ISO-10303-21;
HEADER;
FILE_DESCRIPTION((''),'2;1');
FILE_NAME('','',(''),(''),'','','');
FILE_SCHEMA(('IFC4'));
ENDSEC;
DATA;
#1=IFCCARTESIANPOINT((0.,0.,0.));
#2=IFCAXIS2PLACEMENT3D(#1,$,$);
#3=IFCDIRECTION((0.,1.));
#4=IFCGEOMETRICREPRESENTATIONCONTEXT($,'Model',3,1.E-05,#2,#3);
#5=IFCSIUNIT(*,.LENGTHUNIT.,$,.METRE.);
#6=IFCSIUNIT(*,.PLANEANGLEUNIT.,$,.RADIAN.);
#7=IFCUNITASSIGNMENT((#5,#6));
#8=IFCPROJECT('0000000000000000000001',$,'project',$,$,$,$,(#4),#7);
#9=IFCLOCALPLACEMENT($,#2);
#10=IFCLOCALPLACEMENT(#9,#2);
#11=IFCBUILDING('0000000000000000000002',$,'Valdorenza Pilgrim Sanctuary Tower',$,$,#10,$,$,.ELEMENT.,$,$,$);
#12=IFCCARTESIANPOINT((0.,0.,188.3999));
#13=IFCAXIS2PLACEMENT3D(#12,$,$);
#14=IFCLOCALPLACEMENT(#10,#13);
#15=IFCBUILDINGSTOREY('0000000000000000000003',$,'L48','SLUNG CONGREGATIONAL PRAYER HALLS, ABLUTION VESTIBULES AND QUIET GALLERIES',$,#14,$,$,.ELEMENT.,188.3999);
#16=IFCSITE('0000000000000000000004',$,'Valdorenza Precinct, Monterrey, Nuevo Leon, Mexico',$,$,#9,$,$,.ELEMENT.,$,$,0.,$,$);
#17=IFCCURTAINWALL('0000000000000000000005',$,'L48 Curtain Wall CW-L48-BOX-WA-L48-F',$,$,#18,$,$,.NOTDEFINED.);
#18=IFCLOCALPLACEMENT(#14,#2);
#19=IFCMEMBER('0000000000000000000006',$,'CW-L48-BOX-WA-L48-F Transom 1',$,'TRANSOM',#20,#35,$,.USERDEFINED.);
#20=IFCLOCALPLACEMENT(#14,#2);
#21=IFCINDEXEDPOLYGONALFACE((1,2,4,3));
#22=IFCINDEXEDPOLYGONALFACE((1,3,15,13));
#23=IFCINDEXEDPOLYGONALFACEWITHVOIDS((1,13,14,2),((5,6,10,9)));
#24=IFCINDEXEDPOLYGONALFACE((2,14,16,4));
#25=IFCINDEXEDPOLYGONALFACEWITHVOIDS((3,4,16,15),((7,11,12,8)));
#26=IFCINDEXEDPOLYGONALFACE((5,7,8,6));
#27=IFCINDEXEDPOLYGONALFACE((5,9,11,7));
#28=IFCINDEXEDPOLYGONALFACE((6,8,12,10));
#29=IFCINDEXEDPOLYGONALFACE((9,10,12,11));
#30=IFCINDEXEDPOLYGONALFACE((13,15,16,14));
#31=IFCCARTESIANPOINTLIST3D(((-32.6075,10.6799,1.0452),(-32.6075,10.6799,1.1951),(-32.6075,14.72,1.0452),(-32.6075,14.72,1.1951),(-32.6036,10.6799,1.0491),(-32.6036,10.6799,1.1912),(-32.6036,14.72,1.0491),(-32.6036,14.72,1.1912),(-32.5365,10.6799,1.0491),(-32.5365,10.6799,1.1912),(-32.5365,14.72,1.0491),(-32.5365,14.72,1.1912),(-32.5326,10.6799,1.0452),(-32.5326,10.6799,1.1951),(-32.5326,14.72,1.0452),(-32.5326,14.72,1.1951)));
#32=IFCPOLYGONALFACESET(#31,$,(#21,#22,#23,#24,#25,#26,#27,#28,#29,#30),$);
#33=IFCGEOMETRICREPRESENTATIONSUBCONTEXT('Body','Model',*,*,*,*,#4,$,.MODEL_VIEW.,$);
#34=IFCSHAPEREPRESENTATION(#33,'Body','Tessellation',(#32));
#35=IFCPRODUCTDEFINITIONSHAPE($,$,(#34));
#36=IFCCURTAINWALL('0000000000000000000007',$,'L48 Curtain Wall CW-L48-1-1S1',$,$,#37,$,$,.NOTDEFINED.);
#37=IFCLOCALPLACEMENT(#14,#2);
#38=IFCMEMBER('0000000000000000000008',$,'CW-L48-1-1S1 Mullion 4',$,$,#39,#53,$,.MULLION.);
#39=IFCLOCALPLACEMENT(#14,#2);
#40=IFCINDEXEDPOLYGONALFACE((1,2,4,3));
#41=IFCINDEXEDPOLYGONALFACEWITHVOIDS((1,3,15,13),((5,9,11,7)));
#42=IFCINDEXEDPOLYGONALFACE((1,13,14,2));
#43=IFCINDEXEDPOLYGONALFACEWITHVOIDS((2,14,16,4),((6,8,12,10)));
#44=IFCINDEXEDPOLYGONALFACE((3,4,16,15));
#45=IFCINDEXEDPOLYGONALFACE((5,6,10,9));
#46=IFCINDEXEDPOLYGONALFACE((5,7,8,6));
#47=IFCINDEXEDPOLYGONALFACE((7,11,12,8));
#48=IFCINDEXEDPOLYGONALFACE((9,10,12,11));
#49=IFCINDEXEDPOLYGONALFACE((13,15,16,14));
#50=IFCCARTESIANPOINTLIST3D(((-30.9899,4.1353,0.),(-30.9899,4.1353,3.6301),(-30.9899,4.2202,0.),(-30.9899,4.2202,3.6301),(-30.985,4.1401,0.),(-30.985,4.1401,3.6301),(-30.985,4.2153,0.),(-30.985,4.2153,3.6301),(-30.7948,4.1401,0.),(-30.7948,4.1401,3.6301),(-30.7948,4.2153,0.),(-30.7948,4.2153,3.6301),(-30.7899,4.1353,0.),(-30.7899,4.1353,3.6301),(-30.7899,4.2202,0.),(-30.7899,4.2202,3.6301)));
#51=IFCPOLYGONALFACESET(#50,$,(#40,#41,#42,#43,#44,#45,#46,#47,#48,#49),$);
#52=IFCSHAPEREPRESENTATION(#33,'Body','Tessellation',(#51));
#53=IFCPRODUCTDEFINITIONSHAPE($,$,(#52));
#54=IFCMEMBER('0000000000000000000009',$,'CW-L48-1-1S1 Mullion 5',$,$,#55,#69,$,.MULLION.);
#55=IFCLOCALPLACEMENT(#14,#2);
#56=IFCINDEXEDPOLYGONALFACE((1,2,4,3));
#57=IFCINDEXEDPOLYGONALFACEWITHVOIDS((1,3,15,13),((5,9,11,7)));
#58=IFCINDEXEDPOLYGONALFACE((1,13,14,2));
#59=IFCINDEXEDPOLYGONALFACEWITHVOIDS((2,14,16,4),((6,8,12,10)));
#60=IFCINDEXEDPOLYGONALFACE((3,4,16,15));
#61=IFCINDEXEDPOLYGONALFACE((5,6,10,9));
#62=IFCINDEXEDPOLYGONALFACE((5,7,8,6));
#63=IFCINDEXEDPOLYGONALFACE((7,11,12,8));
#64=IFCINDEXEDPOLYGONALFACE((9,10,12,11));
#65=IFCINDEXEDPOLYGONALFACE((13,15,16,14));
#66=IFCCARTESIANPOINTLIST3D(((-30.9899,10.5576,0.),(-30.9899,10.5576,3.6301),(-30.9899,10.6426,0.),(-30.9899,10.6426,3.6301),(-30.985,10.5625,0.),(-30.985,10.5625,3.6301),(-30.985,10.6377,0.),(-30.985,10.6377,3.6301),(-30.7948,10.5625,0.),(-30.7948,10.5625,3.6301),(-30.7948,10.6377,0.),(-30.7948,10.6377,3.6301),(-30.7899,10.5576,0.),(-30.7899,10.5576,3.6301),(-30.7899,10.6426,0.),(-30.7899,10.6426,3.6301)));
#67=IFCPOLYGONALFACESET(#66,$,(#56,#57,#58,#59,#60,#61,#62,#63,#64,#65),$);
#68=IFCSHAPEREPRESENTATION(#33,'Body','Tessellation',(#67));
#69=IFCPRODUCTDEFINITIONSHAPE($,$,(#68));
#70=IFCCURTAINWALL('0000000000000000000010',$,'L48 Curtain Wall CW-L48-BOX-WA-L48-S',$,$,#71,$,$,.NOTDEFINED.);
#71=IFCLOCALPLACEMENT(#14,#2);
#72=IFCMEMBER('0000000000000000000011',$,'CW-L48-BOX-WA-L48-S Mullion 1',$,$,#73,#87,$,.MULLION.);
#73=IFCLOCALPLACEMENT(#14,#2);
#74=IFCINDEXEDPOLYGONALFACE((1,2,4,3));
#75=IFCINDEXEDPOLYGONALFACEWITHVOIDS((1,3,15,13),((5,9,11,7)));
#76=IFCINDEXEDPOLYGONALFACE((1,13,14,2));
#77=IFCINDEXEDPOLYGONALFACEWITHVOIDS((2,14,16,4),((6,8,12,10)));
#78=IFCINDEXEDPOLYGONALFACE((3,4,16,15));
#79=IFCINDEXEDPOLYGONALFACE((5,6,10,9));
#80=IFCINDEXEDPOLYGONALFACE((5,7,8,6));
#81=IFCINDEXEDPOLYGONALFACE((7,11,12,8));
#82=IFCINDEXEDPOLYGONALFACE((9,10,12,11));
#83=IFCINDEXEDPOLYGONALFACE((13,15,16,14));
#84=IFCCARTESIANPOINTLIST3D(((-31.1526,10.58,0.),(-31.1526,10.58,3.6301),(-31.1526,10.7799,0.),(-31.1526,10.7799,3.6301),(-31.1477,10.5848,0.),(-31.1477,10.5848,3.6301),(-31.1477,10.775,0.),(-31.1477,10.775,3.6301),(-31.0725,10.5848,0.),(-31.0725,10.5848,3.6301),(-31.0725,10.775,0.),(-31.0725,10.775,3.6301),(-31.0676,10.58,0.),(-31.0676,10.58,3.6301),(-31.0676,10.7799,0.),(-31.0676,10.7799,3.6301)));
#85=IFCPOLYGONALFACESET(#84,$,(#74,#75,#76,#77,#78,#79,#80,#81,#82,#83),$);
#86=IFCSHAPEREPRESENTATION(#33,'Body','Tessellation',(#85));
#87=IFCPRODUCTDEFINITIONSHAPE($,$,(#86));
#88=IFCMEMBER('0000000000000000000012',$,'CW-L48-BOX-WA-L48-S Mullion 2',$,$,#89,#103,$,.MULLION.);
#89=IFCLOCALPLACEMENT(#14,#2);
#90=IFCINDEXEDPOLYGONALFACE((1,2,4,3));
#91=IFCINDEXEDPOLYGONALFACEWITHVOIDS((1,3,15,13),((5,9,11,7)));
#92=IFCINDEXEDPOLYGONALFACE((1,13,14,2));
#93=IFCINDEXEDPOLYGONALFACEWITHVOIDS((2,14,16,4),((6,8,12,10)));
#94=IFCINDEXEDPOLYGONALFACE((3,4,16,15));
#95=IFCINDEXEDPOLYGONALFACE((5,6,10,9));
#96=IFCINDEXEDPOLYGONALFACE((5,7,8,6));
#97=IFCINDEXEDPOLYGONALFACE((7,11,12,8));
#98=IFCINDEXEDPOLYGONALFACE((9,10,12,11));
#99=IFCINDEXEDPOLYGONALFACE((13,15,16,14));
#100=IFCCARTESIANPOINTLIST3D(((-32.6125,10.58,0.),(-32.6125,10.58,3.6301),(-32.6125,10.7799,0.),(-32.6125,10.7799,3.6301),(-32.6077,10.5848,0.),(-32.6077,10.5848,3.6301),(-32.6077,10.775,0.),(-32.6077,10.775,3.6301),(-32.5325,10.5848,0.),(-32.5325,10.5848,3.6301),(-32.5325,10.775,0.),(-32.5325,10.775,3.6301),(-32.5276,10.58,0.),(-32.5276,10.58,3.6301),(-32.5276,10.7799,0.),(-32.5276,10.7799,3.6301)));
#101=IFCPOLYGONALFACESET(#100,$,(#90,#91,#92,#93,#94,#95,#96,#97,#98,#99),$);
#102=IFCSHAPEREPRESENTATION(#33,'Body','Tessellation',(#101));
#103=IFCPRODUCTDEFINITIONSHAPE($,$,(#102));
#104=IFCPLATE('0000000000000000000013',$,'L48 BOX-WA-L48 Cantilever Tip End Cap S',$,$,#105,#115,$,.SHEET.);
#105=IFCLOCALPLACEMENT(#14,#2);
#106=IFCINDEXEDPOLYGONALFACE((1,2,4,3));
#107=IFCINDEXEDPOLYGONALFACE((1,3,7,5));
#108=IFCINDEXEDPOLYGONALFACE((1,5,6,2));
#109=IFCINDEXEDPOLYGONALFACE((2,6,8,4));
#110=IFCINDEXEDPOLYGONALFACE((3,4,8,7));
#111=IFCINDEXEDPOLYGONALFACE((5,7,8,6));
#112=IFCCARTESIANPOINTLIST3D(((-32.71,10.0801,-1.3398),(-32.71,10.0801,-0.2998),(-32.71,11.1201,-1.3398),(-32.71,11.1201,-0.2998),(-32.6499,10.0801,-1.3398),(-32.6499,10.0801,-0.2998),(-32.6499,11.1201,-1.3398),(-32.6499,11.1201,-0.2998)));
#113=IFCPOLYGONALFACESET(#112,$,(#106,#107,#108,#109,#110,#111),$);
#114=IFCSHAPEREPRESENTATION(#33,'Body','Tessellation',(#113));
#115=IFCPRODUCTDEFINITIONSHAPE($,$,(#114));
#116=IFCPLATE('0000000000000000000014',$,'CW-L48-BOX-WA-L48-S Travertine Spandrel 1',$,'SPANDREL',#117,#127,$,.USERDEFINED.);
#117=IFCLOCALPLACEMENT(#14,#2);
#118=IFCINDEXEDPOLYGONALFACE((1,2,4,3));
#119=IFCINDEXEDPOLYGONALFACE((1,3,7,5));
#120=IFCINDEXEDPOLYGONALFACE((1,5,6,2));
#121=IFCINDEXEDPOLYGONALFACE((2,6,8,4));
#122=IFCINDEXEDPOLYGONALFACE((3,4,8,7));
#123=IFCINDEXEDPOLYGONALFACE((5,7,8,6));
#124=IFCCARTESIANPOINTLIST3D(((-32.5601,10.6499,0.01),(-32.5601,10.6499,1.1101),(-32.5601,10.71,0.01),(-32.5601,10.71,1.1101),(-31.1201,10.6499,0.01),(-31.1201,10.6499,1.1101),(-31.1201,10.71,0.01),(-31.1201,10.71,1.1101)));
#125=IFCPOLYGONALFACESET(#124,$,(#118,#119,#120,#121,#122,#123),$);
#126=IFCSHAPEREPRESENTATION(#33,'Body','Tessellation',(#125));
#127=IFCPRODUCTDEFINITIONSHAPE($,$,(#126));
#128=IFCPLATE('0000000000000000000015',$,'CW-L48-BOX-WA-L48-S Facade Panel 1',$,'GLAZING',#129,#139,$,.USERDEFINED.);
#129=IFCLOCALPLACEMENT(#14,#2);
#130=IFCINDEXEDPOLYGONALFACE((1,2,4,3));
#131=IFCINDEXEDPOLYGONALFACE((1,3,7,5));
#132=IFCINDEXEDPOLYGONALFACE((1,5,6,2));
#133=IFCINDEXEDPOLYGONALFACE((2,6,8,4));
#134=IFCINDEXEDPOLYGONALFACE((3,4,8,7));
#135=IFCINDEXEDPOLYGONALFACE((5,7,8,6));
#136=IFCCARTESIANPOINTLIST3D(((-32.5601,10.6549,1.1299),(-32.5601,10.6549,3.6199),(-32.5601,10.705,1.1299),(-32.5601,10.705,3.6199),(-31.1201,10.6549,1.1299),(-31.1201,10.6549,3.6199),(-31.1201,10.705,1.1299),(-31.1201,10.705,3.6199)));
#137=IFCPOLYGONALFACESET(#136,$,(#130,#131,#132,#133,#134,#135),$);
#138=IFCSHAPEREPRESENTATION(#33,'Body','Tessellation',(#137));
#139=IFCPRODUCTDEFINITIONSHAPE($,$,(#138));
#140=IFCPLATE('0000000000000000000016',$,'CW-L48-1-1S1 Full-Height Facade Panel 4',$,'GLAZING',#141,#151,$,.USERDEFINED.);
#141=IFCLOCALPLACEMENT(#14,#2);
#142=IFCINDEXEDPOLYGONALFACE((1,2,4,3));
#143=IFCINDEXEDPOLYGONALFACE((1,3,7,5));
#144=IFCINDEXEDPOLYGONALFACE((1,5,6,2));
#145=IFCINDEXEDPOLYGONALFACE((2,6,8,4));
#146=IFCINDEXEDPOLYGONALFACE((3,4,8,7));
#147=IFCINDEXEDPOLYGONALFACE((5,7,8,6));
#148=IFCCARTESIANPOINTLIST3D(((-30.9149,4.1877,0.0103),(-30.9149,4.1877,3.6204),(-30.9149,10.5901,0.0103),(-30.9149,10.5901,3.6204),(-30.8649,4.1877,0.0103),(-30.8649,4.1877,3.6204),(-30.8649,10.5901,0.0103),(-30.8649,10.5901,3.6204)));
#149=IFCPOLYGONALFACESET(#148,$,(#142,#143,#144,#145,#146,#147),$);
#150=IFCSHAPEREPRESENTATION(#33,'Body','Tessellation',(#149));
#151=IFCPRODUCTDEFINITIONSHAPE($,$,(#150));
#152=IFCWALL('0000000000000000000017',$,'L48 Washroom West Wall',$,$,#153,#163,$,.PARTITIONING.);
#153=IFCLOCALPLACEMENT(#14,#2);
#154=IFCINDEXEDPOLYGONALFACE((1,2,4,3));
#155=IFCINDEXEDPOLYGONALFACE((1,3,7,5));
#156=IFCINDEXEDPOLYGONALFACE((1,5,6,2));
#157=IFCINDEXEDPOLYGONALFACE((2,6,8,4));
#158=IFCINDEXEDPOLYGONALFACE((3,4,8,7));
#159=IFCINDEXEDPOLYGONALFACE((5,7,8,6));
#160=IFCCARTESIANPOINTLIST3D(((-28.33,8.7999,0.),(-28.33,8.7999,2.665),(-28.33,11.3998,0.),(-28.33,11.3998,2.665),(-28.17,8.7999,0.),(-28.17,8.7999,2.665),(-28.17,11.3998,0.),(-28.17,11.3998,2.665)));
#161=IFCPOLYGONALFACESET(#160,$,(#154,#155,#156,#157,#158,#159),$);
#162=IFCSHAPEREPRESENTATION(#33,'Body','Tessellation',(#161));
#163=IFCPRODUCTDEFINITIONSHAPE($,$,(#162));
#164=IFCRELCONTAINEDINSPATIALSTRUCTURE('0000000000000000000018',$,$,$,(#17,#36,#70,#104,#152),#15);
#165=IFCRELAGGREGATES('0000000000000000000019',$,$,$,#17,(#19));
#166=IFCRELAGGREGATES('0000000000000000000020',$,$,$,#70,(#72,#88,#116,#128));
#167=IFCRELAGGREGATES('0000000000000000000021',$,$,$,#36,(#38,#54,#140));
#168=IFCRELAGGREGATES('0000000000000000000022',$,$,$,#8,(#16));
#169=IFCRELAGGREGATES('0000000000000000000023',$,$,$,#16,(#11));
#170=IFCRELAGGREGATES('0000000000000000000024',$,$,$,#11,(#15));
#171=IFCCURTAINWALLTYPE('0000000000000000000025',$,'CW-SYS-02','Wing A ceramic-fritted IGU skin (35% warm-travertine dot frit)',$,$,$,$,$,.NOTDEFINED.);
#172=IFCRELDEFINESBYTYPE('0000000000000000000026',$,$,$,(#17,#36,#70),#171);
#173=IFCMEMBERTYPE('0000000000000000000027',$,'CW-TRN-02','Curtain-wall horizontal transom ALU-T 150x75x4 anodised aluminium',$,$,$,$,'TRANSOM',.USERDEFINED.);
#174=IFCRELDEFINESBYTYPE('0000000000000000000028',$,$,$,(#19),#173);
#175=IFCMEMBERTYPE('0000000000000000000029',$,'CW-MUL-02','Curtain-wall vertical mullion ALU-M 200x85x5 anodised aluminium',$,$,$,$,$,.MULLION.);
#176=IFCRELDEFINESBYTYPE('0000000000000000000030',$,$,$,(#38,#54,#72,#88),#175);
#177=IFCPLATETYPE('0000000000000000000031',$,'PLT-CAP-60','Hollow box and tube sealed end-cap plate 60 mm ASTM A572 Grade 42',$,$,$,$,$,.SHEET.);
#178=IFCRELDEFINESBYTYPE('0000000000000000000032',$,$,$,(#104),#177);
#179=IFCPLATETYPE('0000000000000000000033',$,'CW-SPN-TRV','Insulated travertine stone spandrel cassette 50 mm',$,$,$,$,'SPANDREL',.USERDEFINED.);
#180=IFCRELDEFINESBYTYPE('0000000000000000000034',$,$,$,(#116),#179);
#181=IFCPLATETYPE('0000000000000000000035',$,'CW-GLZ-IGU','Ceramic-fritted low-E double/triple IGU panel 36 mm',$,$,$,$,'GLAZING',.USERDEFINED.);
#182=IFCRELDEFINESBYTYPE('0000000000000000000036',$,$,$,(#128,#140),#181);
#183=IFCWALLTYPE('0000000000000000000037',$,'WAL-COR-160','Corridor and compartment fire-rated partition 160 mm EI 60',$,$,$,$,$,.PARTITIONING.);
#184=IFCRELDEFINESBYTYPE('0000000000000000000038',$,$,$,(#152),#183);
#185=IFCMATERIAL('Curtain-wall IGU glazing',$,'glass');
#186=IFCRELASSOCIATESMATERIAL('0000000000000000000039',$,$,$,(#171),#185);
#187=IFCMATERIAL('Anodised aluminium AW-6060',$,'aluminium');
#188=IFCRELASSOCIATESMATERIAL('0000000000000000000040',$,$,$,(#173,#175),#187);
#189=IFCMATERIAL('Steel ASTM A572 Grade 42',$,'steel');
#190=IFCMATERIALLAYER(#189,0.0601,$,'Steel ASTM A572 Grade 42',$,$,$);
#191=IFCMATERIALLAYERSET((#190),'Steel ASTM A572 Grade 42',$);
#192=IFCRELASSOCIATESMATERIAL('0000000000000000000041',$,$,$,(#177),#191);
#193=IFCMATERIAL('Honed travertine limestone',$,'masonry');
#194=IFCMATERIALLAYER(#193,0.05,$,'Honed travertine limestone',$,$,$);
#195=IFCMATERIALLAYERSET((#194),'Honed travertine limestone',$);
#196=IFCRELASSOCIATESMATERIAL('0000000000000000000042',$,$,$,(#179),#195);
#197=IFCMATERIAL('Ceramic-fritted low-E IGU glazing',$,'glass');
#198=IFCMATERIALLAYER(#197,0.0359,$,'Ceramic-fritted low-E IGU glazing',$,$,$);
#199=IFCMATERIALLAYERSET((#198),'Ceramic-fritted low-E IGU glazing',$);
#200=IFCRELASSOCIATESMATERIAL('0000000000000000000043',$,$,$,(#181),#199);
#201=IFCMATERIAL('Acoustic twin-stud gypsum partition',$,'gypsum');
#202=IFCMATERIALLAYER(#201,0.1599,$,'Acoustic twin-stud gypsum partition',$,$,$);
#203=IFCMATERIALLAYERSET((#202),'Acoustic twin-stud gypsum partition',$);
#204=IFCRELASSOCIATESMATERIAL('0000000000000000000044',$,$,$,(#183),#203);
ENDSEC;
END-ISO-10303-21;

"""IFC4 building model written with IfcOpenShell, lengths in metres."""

from ifc_helpers import new_model, si_unit, direction, frame, frame_2d, origin, origin_2d, place, context, subcontext, project, spatial, rectangle, hollow_rectangle, extrude, source, transform, mapped, material, layer, layer_set, material_profile, profile_set, type_object, element, aggregate, save


model = new_model("IFC4")

# Units and contexts
model_context = context("Model", 3, precision=1e-05, world=origin(), true_north=direction((0.0, 1.0)))
body_context = subcontext(model_context, "Body", "Model", "MODEL_VIEW")
ifc_project = project(units=[si_unit("LENGTHUNIT", "METRE"), si_unit("PLANEANGLEUNIT", "RADIAN")], contexts=[model_context])

# Site, building, storey
site_placement = place(None, origin())
site = spatial("IfcSite", under=ifc_project, at=site_placement, Name="Valdorenza Precinct, Monterrey, Nuevo Leon, Mexico", CompositionType="ELEMENT", RefElevation=0.0)
building_placement = place(site_placement, origin())
building = spatial("IfcBuilding", under=site, at=building_placement, Name="Valdorenza Pilgrim Sanctuary Tower", CompositionType="ELEMENT")
storey_placement = place(building_placement, frame((0.0, 0.0, 188.3999)))
storey = spatial("IfcBuildingStorey", under=building, at=storey_placement, Name="L48", Description="SLUNG CONGREGATIONAL PRAYER HALLS, ABLUTION VESTIBULES AND QUIET GALLERIES", CompositionType="ELEMENT", Elevation=188.3999)

# Shared definitions
ifc_material_1 = material(Name="Steel ASTM A572 Grade 42", Category="steel")

# Curtain wall, member
ifc_material_2 = material(Name="Curtain-wall IGU glazing", Category="glass")
curtain_wall_type = type_object("IfcCurtainWallType", Name="CW-SYS-02", Description="Wing A ceramic-fritted IGU skin (35% warm-travertine dot frit)", PredefinedType="NOTDEFINED", material=ifc_material_2)
curtain_wall_1_placement = place(storey_placement, origin())
curtain_wall_1 = element("IfcCurtainWall", 1, at=curtain_wall_1_placement, inside=storey, type_object=curtain_wall_type, Name="L48 Curtain Wall CW-L48-BOX-WA-L48-F", PredefinedType="NOTDEFINED")
ifc_material_3 = material(Name="Anodised aluminium AW-6060", Category="aluminium")
ifc_material_profile_1 = material_profile(ifc_material_3, hollow_rectangle(XDim=0.075, YDim=0.1499, WallThickness=0.0039, at=origin_2d()), Name="ALU-T 150x75x4")
ifc_profile_set_1 = profile_set([ifc_material_profile_1], Name="Anodised aluminium AW-6060")
member_type_1 = type_object("IfcMemberType", Name="CW-TRN-02", Description="Curtain-wall horizontal transom ALU-T 150x75x4 anodised aluminium", ElementType="TRANSOM", PredefinedType="USERDEFINED", material=ifc_profile_set_1)
shared_shape_1 = source(origin(), body_context, "Body", "SweptSolid", [
    extrude(hollow_rectangle(XDim=0.075, YDim=0.1499, WallThickness=0.0039, at=origin_2d()), origin(), (0.0, 0.0, 1.0), 4.04),
])
member_1_placement = place(storey_placement, frame((-32.5701, 10.6799, 1.1201), z_axis=(0.0, 1.0, 0.0), x_axis=(-1.0, 0.0, 0.0)))
member_1 = element("IfcMember", 2, at=member_1_placement, type_object=member_type_1, Name="CW-L48-BOX-WA-L48-F Transom 1", ObjectType="TRANSOM", PredefinedType="USERDEFINED", context=body_context, shape_type="MappedRepresentation", body=[
    mapped(shared_shape_1, transform((0.0, 0.0, 0.0), x_axis=(1.0, 0.0, 0.0), y_axis=(0.0, 1.0, 0.0), z_axis=(0.0, 0.0, 1.0), scale=1.0)),
])
aggregate(curtain_wall_1, [member_1])

# Curtain walls, members
curtain_wall_2_placement = place(storey_placement, origin())
curtain_wall_2 = element("IfcCurtainWall", 3, at=curtain_wall_2_placement, inside=storey, type_object=curtain_wall_type, Name="L48 Curtain Wall CW-L48-1-1S1", PredefinedType="NOTDEFINED")
ifc_material_profile_2 = material_profile(ifc_material_3, hollow_rectangle(XDim=0.085, YDim=0.2, WallThickness=0.0049, at=origin_2d()), Name="ALU-M 200x85x5")
ifc_profile_set_2 = profile_set([ifc_material_profile_2], Name="Anodised aluminium AW-6060")
member_type_2 = type_object("IfcMemberType", Name="CW-MUL-02", Description="Curtain-wall vertical mullion ALU-M 200x85x5 anodised aluminium", PredefinedType="MULLION", material=ifc_profile_set_2)
shared_shape_2 = source(origin(), body_context, "Body", "SweptSolid", [
    extrude(hollow_rectangle(XDim=0.085, YDim=0.2, WallThickness=0.0049, at=origin_2d()), origin(), (0.0, 0.0, 1.0), 3.6301),
])
member_2_placement = place(storey_placement, frame((-30.8899, 4.1777, 0.0), z_axis=(0.0, 0.0, 1.0), x_axis=(0.0, 1.0, 0.0)))
member_2 = element("IfcMember", 4, at=member_2_placement, type_object=member_type_2, Name="CW-L48-1-1S1 Mullion 4", PredefinedType="MULLION", context=body_context, shape_type="MappedRepresentation", body=[
    mapped(shared_shape_2, transform((0.0, 0.0, 0.0), x_axis=(1.0, 0.0, 0.0), y_axis=(0.0, 1.0, 0.0), z_axis=(0.0, 0.0, 1.0), scale=1.0)),
])
member_3_placement = place(storey_placement, frame((-30.8899, 10.6001, 0.0), z_axis=(0.0, 0.0, 1.0), x_axis=(0.0, 1.0, 0.0)))
member_3 = element("IfcMember", 5, at=member_3_placement, type_object=member_type_2, Name="CW-L48-1-1S1 Mullion 5", PredefinedType="MULLION", context=body_context, shape_type="MappedRepresentation", body=[
    mapped(shared_shape_2, transform((0.0, 0.0, 0.0), x_axis=(1.0, 0.0, 0.0), y_axis=(0.0, 1.0, 0.0), z_axis=(0.0, 0.0, 1.0), scale=1.0)),
])
curtain_wall_3_placement = place(storey_placement, origin())
curtain_wall_3 = element("IfcCurtainWall", 6, at=curtain_wall_3_placement, inside=storey, type_object=curtain_wall_type, Name="L48 Curtain Wall CW-L48-BOX-WA-L48-S", PredefinedType="NOTDEFINED")
member_4_placement = place(storey_placement, frame((-31.1101, 10.6799, 0.0), z_axis=(0.0, 0.0, 1.0), x_axis=(-1.0, 0.0, 0.0)))
member_4 = element("IfcMember", 7, at=member_4_placement, type_object=member_type_2, Name="CW-L48-BOX-WA-L48-S Mullion 1", PredefinedType="MULLION", context=body_context, shape_type="MappedRepresentation", body=[
    mapped(shared_shape_2, transform((0.0, 0.0, 0.0), x_axis=(1.0, 0.0, 0.0), y_axis=(0.0, 1.0, 0.0), z_axis=(0.0, 0.0, 1.0), scale=1.0)),
])
member_5_placement = place(storey_placement, frame((-32.5701, 10.6799, 0.0), z_axis=(0.0, 0.0, 1.0), x_axis=(-1.0, 0.0, 0.0)))
member_5 = element("IfcMember", 8, at=member_5_placement, type_object=member_type_2, Name="CW-L48-BOX-WA-L48-S Mullion 2", PredefinedType="MULLION", context=body_context, shape_type="MappedRepresentation", body=[
    mapped(shared_shape_2, transform((0.0, 0.0, 0.0), x_axis=(1.0, 0.0, 0.0), y_axis=(0.0, 1.0, 0.0), z_axis=(0.0, 0.0, 1.0), scale=1.0)),
])

# Plates
ifc_layer_1 = layer(ifc_material_1, 0.0601, Name="Steel ASTM A572 Grade 42")
ifc_layer_set_1 = layer_set([ifc_layer_1], Name="Steel ASTM A572 Grade 42")
plate_type_1 = type_object("IfcPlateType", Name="PLT-CAP-60", Description="Hollow box and tube sealed end-cap plate 60 mm ASTM A572 Grade 42", PredefinedType="SHEET", material=ifc_layer_set_1)
shared_shape_3 = source(origin(), body_context, "Body", "SweptSolid", [
    extrude(rectangle(XDim=0.0601, YDim=1.04, at=origin_2d()), origin(), (0.0, 0.0, 1.0), 1.04),
])
plate_1_placement = place(storey_placement, frame((-32.6799, 10.6001, -1.3398), z_axis=(0.0, 0.0, 1.0), x_axis=(1.0, 0.0, 0.0)))
element("IfcPlate", 9, at=plate_1_placement, inside=storey, type_object=plate_type_1, Name="L48 BOX-WA-L48 Cantilever Tip End Cap S", PredefinedType="SHEET", context=body_context, shape_type="MappedRepresentation", body=[
    mapped(shared_shape_3, transform((0.0, 0.0, 0.0), x_axis=(1.0, 0.0, 0.0), y_axis=(0.0, 1.0, 0.0), z_axis=(0.0, 0.0, 1.0), scale=1.0)),
])
ifc_material_4 = material(Name="Honed travertine limestone", Category="masonry")
ifc_layer_2 = layer(ifc_material_4, 0.05, Name="Honed travertine limestone")
ifc_layer_set_2 = layer_set([ifc_layer_2], Name="Honed travertine limestone")
plate_type_2 = type_object("IfcPlateType", Name="CW-SPN-TRV", Description="Insulated travertine stone spandrel cassette 50 mm", ElementType="SPANDREL", PredefinedType="USERDEFINED", material=ifc_layer_set_2)
shared_shape_4 = source(origin(), body_context, "Body", "SweptSolid", [
    extrude(rectangle(XDim=1.4399, YDim=0.0601, at=origin_2d()), origin(), (0.0, 0.0, 1.0), 1.1001),
])
plate_2_placement = place(storey_placement, frame((-31.8401, 10.6799, 0.01), z_axis=(0.0, 0.0, 1.0), x_axis=(-1.0, 0.0, 0.0)))
plate_2 = element("IfcPlate", 10, at=plate_2_placement, type_object=plate_type_2, Name="CW-L48-BOX-WA-L48-S Travertine Spandrel 1", ObjectType="SPANDREL", PredefinedType="USERDEFINED", context=body_context, shape_type="MappedRepresentation", body=[
    mapped(shared_shape_4, transform((0.0, 0.0, 0.0), x_axis=(1.0, 0.0, 0.0), y_axis=(0.0, 1.0, 0.0), z_axis=(0.0, 0.0, 1.0), scale=1.0)),
])
ifc_material_5 = material(Name="Ceramic-fritted low-E IGU glazing", Category="glass")
ifc_layer_3 = layer(ifc_material_5, 0.0359, Name="Ceramic-fritted low-E IGU glazing")
ifc_layer_set_3 = layer_set([ifc_layer_3], Name="Ceramic-fritted low-E IGU glazing")
plate_type_3 = type_object("IfcPlateType", Name="CW-GLZ-IGU", Description="Ceramic-fritted low-E double/triple IGU panel 36 mm", ElementType="GLAZING", PredefinedType="USERDEFINED", material=ifc_layer_set_3)
shared_shape_5 = source(origin(), body_context, "Body", "SweptSolid", [
    extrude(rectangle(XDim=1.4399, YDim=0.05, at=origin_2d()), origin(), (0.0, 0.0, 1.0), 2.49),
])
plate_3_placement = place(storey_placement, frame((-31.8401, 10.6799, 1.1299), z_axis=(0.0, 0.0, 1.0), x_axis=(-1.0, 0.0, 0.0)))
plate_3 = element("IfcPlate", 11, at=plate_3_placement, type_object=plate_type_3, Name="CW-L48-BOX-WA-L48-S Facade Panel 1", ObjectType="GLAZING", PredefinedType="USERDEFINED", context=body_context, shape_type="MappedRepresentation", body=[
    mapped(shared_shape_5, transform((0.0, 0.0, 0.0), x_axis=(1.0, 0.0, 0.0), y_axis=(0.0, 1.0, 0.0), z_axis=(0.0, 0.0, 1.0), scale=1.0)),
])
aggregate(curtain_wall_3, [member_4, member_5, plate_2, plate_3])
shared_shape_6 = source(origin(), body_context, "Body", "SweptSolid", [
    extrude(rectangle(XDim=6.4023, YDim=0.05, at=origin_2d()), origin(), (0.0, 0.0, 1.0), 3.6101),
])
plate_4_placement = place(storey_placement, frame((-30.8899, 7.3889, 0.0103), z_axis=(0.0, 0.0, 1.0), x_axis=(0.0, 1.0, 0.0)))
plate_4 = element("IfcPlate", 12, at=plate_4_placement, type_object=plate_type_3, Name="CW-L48-1-1S1 Full-Height Facade Panel 4", ObjectType="GLAZING", PredefinedType="USERDEFINED", context=body_context, shape_type="MappedRepresentation", body=[
    mapped(shared_shape_6, transform((0.0, 0.0, 0.0), x_axis=(1.0, 0.0, 0.0), y_axis=(0.0, 1.0, 0.0), z_axis=(0.0, 0.0, 1.0), scale=1.0)),
])
aggregate(curtain_wall_2, [member_2, member_3, plate_4])

# Wall
ifc_material_6 = material(Name="Acoustic twin-stud gypsum partition", Category="gypsum")
ifc_layer_4 = layer(ifc_material_6, 0.1599, Name="Acoustic twin-stud gypsum partition")
ifc_layer_set_4 = layer_set([ifc_layer_4], Name="Acoustic twin-stud gypsum partition")
wall_type_1 = type_object("IfcWallType", Name="WAL-COR-160", Description="Corridor and compartment fire-rated partition 160 mm EI 60", PredefinedType="PARTITIONING", material=ifc_layer_set_4)
wall_1_placement = place(storey_placement, frame((-28.25, 8.8, 0.0), z_axis=(0.0, 0.0, 1.0), x_axis=(0.0, 1.0, 0.0)))
element("IfcWall", 13, at=wall_1_placement, inside=storey, type_object=wall_type_1, Name="L48 Washroom West Wall", PredefinedType="PARTITIONING", context=body_context, shape_type="SweptSolid", body=[
    extrude(rectangle(XDim=2.5999, YDim=0.1599, at=frame_2d((1.2998, 0.0))), origin(), (0.0, 0.0, 1.0), 2.665),
])

save(model, "model.ifc")
